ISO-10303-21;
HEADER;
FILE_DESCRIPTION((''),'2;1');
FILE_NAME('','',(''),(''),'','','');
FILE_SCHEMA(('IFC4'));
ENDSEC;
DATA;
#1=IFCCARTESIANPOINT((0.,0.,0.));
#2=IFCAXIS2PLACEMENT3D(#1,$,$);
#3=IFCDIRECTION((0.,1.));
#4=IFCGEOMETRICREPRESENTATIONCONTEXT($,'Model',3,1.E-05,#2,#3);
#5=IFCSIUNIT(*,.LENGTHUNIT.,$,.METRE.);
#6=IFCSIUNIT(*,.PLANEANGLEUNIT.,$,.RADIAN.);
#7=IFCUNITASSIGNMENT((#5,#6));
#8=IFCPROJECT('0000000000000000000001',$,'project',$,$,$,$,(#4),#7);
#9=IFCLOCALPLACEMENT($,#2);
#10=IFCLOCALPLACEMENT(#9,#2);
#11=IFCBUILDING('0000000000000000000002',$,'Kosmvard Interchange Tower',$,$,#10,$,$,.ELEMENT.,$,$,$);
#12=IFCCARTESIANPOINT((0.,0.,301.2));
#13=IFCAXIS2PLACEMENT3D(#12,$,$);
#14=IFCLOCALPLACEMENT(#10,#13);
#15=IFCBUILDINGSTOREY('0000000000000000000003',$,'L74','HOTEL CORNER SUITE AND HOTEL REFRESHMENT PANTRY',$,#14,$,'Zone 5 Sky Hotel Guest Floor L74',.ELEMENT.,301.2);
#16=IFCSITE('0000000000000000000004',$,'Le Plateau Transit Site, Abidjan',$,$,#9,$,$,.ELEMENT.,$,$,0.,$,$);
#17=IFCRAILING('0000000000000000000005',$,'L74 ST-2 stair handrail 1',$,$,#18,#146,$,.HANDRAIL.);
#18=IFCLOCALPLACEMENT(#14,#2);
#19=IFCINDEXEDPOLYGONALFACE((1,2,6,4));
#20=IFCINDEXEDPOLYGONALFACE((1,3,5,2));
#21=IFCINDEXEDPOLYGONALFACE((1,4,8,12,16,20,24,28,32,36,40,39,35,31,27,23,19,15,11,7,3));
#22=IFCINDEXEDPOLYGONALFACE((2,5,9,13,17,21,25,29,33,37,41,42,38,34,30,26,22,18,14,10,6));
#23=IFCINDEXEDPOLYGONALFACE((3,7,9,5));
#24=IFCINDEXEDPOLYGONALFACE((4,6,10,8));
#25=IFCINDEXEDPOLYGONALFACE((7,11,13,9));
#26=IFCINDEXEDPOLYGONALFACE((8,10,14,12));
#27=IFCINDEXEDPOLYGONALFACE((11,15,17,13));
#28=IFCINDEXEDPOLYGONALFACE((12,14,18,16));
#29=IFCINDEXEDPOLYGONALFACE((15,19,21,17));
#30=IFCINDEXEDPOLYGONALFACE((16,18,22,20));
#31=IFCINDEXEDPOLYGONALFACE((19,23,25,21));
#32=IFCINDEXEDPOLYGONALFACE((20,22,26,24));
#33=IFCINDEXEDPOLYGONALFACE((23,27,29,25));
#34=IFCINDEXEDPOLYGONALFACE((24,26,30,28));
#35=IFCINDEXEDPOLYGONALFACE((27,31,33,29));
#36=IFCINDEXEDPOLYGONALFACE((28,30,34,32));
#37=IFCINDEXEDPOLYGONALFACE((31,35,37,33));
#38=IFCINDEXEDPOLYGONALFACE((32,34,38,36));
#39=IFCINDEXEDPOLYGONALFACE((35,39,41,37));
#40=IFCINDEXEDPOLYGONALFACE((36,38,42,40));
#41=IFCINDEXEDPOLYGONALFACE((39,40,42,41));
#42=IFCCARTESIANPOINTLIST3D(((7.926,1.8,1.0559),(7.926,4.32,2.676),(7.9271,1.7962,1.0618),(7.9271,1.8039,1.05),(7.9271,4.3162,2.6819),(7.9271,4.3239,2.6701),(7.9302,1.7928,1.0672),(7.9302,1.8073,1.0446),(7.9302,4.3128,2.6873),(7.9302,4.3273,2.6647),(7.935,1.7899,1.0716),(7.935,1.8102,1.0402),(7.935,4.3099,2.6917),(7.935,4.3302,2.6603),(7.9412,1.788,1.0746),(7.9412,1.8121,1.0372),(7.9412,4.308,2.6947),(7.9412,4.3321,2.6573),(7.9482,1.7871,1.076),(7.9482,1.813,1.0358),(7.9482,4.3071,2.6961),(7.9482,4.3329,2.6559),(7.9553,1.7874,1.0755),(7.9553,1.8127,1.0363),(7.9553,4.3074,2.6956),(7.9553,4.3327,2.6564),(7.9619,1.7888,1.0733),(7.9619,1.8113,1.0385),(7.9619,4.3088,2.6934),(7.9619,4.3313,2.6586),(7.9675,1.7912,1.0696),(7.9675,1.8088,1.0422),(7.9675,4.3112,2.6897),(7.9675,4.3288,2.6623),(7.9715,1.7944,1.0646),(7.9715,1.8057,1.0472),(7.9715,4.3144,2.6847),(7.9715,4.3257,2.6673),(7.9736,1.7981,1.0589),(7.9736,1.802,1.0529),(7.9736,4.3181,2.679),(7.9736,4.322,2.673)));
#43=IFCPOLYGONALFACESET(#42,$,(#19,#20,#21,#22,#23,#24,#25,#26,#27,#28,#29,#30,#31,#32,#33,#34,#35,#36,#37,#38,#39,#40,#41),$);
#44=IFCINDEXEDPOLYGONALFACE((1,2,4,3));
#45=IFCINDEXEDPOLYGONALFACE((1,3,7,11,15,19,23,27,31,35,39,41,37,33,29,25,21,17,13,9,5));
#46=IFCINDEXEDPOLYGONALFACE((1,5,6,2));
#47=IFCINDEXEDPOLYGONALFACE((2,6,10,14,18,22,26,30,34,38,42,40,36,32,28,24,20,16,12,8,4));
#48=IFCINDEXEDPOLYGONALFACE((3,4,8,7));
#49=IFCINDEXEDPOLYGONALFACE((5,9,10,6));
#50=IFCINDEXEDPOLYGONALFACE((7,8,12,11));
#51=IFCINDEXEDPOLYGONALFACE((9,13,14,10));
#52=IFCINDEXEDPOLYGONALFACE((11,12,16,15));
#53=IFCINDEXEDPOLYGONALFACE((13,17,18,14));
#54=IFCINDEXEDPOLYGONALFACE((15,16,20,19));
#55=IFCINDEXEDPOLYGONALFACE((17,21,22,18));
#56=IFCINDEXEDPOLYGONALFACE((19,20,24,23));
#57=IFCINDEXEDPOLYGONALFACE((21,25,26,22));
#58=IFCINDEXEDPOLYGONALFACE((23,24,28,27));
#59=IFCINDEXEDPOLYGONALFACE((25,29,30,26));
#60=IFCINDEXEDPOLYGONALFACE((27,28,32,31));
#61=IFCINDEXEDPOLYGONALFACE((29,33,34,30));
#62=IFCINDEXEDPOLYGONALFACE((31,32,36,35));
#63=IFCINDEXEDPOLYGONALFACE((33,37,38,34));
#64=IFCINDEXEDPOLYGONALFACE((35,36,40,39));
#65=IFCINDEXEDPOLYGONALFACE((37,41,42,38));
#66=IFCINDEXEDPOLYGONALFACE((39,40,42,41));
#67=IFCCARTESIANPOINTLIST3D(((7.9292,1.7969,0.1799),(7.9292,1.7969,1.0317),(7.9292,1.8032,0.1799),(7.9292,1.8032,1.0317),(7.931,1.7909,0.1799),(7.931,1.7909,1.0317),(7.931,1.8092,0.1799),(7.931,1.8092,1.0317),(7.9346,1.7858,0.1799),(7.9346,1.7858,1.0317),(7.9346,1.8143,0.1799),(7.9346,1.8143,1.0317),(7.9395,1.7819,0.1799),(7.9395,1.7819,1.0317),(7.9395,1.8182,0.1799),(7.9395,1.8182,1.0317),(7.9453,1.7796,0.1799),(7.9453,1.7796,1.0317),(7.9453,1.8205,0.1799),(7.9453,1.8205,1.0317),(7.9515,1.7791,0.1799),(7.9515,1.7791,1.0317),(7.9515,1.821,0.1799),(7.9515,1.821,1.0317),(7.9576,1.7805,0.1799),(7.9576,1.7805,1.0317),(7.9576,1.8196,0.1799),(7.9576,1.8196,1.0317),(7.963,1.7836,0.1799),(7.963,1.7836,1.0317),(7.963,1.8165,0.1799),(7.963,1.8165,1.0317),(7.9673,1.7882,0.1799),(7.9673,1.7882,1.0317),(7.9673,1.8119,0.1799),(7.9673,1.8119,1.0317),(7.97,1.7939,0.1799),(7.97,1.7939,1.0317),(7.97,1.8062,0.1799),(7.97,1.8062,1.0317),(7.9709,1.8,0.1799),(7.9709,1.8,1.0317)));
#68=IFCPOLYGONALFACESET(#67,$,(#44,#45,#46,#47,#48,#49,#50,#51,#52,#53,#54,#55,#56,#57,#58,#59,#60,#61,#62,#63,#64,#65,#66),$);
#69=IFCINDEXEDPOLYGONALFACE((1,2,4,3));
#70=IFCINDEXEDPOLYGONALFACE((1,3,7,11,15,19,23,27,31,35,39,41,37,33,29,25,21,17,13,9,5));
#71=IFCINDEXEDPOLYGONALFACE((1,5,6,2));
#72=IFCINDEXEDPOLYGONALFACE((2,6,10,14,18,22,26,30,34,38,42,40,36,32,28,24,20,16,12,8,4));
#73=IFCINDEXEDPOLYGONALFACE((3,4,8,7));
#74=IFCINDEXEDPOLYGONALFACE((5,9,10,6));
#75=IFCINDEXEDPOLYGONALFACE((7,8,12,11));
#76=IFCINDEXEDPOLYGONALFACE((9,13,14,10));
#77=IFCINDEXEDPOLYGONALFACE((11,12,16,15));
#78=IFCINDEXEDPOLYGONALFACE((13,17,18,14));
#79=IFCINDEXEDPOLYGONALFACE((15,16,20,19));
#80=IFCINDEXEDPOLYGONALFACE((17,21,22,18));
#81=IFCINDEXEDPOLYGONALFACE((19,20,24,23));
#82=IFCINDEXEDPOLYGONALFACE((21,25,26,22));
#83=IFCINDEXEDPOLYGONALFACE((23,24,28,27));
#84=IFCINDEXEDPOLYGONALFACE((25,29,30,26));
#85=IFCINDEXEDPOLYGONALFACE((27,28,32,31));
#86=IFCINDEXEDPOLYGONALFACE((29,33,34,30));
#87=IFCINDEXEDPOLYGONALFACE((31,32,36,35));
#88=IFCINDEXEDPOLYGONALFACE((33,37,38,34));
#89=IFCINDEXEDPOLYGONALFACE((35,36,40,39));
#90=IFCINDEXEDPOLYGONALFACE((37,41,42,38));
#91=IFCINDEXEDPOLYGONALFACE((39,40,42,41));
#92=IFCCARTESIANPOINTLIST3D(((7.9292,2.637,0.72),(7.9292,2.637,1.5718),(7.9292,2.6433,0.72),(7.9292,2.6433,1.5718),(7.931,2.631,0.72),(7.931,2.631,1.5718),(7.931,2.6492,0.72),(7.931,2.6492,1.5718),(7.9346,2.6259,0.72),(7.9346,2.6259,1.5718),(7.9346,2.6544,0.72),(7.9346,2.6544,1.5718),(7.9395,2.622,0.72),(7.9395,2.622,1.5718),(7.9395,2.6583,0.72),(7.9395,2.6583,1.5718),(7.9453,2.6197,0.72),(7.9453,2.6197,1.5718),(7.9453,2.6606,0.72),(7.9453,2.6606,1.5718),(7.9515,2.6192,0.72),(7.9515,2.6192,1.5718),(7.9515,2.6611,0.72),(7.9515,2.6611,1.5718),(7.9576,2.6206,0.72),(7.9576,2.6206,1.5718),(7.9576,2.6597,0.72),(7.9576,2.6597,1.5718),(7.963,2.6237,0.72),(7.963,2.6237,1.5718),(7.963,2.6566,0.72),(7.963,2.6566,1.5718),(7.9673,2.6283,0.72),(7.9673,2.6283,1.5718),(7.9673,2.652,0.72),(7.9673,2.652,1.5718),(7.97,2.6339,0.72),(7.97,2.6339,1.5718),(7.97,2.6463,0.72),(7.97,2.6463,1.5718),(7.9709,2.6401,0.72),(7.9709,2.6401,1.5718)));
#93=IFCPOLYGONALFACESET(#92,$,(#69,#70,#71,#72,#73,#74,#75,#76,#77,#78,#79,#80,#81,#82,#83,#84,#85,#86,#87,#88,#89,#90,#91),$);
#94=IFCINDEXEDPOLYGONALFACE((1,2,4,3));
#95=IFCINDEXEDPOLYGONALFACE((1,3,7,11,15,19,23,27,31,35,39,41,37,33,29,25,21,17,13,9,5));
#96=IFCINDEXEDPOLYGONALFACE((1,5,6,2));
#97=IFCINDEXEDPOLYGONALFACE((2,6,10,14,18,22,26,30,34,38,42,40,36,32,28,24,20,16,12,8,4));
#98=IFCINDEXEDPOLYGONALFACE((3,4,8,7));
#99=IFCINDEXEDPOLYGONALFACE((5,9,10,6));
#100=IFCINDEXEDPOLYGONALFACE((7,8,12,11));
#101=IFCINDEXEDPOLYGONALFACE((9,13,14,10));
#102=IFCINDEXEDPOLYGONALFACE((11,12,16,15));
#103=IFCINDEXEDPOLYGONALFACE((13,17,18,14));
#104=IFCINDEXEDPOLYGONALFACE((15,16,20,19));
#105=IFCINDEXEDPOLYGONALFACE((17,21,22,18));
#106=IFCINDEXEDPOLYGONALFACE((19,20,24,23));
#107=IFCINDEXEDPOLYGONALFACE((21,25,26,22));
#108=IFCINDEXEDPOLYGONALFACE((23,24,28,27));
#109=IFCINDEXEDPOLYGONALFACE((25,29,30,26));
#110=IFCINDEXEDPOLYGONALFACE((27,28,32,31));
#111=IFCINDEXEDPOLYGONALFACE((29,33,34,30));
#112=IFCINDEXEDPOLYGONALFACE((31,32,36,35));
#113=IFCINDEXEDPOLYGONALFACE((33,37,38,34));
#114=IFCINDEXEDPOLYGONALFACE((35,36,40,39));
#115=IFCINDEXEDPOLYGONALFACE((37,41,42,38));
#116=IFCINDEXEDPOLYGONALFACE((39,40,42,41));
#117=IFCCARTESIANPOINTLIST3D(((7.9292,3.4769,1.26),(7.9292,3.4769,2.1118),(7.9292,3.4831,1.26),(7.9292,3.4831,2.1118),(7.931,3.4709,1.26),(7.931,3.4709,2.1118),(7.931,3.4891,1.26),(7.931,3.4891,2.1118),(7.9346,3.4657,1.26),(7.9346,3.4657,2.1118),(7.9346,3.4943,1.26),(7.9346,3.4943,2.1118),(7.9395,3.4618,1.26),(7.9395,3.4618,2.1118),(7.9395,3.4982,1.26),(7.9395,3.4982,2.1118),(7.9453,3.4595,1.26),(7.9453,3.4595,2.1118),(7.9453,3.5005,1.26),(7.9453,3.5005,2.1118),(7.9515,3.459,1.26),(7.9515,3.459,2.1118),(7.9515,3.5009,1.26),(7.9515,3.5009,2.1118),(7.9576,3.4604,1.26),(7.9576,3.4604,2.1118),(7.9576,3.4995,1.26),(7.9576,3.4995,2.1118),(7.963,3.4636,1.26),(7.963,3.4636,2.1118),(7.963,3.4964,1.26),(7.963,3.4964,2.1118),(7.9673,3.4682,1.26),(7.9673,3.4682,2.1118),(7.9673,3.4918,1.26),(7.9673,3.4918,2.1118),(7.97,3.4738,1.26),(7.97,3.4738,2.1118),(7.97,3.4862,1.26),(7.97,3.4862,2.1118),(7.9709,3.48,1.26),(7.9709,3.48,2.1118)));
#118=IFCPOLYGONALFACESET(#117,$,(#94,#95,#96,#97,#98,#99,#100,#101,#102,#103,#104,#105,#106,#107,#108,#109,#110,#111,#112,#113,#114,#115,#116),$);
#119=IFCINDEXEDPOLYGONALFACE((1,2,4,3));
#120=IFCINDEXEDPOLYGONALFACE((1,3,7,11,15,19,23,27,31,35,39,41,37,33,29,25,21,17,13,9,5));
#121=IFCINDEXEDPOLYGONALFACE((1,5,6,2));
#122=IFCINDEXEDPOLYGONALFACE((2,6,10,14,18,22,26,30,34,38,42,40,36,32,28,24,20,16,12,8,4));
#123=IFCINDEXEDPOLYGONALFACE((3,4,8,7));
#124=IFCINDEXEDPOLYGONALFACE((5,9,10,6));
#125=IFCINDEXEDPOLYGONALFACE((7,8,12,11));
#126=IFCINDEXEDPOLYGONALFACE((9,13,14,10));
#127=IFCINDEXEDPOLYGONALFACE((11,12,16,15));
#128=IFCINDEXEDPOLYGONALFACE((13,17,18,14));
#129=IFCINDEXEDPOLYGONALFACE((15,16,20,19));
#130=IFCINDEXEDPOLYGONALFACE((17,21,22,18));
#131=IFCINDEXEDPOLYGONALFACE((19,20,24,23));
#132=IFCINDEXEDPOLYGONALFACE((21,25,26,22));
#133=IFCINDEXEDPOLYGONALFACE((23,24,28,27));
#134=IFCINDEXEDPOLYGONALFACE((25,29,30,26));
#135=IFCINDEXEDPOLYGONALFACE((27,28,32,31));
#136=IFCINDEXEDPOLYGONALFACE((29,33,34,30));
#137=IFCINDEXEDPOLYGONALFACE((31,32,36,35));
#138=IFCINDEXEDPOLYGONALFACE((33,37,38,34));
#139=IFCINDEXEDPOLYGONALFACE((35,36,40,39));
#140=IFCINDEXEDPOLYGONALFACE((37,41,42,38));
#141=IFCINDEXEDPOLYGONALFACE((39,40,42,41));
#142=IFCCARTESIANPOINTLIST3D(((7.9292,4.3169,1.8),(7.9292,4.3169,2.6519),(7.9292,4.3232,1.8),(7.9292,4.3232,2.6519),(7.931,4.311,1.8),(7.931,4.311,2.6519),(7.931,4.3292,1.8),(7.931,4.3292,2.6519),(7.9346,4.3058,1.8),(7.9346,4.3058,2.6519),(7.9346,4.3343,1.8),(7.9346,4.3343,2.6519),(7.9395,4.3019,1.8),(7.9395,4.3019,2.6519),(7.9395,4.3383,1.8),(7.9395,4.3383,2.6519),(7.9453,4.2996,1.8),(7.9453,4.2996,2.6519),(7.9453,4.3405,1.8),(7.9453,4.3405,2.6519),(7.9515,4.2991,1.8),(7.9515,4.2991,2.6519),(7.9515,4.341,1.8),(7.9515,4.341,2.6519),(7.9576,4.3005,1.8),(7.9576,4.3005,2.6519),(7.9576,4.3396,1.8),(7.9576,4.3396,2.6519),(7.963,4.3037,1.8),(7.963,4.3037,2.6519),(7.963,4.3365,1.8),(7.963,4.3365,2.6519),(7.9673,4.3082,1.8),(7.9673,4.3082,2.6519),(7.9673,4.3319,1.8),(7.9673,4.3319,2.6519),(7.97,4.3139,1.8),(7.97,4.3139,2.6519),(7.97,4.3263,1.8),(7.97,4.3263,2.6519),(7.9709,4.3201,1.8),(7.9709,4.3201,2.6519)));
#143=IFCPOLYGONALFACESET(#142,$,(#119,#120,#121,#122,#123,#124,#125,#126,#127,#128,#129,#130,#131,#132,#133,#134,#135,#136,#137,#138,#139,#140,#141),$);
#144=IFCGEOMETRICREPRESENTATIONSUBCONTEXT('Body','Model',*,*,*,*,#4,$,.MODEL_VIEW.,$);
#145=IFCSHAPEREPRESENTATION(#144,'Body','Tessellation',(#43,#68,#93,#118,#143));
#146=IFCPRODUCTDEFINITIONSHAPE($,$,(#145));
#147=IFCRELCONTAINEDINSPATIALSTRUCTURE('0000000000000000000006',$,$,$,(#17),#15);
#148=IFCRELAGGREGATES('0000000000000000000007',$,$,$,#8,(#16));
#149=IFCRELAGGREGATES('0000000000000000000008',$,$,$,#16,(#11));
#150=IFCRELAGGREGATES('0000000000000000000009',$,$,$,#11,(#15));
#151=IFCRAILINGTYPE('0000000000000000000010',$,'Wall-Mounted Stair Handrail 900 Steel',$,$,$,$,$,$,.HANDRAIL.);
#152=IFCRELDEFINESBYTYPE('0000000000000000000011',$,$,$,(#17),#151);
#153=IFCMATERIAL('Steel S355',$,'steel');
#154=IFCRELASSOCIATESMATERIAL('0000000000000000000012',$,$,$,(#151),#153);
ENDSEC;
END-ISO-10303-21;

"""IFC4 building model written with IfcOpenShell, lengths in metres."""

from ifc_helpers import new_model, si_unit, direction, frame, origin, origin_2d, place, context, subcontext, project, spatial, circle, extrude, source, transform, mapped, material, type_object, element, save


model = new_model("IFC4")

# Units and contexts
model_context = context("Model", 3, precision=1e-05, world=origin(), true_north=direction((0.0, 1.0)))
body_context = subcontext(model_context, "Body", "Model", "MODEL_VIEW")
ifc_project = project(units=[si_unit("LENGTHUNIT", "METRE"), si_unit("PLANEANGLEUNIT", "RADIAN")], contexts=[model_context])

# Site, building, storey
site_placement = place(None, origin())
site = spatial("IfcSite", under=ifc_project, at=site_placement, Name="Le Plateau Transit Site, Abidjan", CompositionType="ELEMENT", RefElevation=0.0)
building_placement = place(site_placement, origin())
building = spatial("IfcBuilding", under=site, at=building_placement, Name="Kosmvard Interchange Tower", CompositionType="ELEMENT")
storey_placement = place(building_placement, frame((0.0, 0.0, 301.2)))
storey = spatial("IfcBuildingStorey", under=building, at=storey_placement, Name="L74", Description="HOTEL CORNER SUITE AND HOTEL REFRESHMENT PANTRY", LongName="Zone 5 Sky Hotel Guest Floor L74", CompositionType="ELEMENT", Elevation=301.2)

# Shared definitions
ifc_material_1 = material(Name="Steel S355", Category="steel")

# Railing
railing_type_1 = type_object("IfcRailingType", Name="Wall-Mounted Stair Handrail 900 Steel", PredefinedType="HANDRAIL", material=ifc_material_1)
shared_shape_1 = source(origin(), body_context, "Body", "SweptSolid", [
    extrude(circle(Radius=0.0239, at=origin_2d()), frame((0.0, 0.0, 0.876), z_axis=(0.0, 0.841163, 0.540782), x_axis=(-1.0, 0.0, 0.0)), (0.0, 0.0, 1.0), 2.9958),
    extrude(circle(Radius=0.021, at=origin_2d()), origin(), (0.0, 0.0, 1.0), 0.8518),
    extrude(circle(Radius=0.021, at=origin_2d()), frame((0.0, 0.8401, 0.54)), (0.0, 0.0, 1.0), 0.8518),
    extrude(circle(Radius=0.021, at=origin_2d()), frame((0.0, 1.6799, 1.0801)), (0.0, 0.0, 1.0), 0.8518),
    extrude(circle(Radius=0.021, at=origin_2d()), frame((0.0, 2.52, 1.6201)), (0.0, 0.0, 1.0), 0.8518),
])
railing_1_placement = place(storey_placement, frame((7.95, 1.8, 0.1799)))
element("IfcRailing", 1, at=railing_1_placement, inside=storey, type_object=railing_type_1, Name="L74 ST-2 stair handrail 1", PredefinedType="HANDRAIL", context=body_context, shape_type="MappedRepresentation", body=[
    mapped(shared_shape_1, transform((0.0, 0.0, 0.0), scale=1.0)),
])

save(model, "model.ifc")
